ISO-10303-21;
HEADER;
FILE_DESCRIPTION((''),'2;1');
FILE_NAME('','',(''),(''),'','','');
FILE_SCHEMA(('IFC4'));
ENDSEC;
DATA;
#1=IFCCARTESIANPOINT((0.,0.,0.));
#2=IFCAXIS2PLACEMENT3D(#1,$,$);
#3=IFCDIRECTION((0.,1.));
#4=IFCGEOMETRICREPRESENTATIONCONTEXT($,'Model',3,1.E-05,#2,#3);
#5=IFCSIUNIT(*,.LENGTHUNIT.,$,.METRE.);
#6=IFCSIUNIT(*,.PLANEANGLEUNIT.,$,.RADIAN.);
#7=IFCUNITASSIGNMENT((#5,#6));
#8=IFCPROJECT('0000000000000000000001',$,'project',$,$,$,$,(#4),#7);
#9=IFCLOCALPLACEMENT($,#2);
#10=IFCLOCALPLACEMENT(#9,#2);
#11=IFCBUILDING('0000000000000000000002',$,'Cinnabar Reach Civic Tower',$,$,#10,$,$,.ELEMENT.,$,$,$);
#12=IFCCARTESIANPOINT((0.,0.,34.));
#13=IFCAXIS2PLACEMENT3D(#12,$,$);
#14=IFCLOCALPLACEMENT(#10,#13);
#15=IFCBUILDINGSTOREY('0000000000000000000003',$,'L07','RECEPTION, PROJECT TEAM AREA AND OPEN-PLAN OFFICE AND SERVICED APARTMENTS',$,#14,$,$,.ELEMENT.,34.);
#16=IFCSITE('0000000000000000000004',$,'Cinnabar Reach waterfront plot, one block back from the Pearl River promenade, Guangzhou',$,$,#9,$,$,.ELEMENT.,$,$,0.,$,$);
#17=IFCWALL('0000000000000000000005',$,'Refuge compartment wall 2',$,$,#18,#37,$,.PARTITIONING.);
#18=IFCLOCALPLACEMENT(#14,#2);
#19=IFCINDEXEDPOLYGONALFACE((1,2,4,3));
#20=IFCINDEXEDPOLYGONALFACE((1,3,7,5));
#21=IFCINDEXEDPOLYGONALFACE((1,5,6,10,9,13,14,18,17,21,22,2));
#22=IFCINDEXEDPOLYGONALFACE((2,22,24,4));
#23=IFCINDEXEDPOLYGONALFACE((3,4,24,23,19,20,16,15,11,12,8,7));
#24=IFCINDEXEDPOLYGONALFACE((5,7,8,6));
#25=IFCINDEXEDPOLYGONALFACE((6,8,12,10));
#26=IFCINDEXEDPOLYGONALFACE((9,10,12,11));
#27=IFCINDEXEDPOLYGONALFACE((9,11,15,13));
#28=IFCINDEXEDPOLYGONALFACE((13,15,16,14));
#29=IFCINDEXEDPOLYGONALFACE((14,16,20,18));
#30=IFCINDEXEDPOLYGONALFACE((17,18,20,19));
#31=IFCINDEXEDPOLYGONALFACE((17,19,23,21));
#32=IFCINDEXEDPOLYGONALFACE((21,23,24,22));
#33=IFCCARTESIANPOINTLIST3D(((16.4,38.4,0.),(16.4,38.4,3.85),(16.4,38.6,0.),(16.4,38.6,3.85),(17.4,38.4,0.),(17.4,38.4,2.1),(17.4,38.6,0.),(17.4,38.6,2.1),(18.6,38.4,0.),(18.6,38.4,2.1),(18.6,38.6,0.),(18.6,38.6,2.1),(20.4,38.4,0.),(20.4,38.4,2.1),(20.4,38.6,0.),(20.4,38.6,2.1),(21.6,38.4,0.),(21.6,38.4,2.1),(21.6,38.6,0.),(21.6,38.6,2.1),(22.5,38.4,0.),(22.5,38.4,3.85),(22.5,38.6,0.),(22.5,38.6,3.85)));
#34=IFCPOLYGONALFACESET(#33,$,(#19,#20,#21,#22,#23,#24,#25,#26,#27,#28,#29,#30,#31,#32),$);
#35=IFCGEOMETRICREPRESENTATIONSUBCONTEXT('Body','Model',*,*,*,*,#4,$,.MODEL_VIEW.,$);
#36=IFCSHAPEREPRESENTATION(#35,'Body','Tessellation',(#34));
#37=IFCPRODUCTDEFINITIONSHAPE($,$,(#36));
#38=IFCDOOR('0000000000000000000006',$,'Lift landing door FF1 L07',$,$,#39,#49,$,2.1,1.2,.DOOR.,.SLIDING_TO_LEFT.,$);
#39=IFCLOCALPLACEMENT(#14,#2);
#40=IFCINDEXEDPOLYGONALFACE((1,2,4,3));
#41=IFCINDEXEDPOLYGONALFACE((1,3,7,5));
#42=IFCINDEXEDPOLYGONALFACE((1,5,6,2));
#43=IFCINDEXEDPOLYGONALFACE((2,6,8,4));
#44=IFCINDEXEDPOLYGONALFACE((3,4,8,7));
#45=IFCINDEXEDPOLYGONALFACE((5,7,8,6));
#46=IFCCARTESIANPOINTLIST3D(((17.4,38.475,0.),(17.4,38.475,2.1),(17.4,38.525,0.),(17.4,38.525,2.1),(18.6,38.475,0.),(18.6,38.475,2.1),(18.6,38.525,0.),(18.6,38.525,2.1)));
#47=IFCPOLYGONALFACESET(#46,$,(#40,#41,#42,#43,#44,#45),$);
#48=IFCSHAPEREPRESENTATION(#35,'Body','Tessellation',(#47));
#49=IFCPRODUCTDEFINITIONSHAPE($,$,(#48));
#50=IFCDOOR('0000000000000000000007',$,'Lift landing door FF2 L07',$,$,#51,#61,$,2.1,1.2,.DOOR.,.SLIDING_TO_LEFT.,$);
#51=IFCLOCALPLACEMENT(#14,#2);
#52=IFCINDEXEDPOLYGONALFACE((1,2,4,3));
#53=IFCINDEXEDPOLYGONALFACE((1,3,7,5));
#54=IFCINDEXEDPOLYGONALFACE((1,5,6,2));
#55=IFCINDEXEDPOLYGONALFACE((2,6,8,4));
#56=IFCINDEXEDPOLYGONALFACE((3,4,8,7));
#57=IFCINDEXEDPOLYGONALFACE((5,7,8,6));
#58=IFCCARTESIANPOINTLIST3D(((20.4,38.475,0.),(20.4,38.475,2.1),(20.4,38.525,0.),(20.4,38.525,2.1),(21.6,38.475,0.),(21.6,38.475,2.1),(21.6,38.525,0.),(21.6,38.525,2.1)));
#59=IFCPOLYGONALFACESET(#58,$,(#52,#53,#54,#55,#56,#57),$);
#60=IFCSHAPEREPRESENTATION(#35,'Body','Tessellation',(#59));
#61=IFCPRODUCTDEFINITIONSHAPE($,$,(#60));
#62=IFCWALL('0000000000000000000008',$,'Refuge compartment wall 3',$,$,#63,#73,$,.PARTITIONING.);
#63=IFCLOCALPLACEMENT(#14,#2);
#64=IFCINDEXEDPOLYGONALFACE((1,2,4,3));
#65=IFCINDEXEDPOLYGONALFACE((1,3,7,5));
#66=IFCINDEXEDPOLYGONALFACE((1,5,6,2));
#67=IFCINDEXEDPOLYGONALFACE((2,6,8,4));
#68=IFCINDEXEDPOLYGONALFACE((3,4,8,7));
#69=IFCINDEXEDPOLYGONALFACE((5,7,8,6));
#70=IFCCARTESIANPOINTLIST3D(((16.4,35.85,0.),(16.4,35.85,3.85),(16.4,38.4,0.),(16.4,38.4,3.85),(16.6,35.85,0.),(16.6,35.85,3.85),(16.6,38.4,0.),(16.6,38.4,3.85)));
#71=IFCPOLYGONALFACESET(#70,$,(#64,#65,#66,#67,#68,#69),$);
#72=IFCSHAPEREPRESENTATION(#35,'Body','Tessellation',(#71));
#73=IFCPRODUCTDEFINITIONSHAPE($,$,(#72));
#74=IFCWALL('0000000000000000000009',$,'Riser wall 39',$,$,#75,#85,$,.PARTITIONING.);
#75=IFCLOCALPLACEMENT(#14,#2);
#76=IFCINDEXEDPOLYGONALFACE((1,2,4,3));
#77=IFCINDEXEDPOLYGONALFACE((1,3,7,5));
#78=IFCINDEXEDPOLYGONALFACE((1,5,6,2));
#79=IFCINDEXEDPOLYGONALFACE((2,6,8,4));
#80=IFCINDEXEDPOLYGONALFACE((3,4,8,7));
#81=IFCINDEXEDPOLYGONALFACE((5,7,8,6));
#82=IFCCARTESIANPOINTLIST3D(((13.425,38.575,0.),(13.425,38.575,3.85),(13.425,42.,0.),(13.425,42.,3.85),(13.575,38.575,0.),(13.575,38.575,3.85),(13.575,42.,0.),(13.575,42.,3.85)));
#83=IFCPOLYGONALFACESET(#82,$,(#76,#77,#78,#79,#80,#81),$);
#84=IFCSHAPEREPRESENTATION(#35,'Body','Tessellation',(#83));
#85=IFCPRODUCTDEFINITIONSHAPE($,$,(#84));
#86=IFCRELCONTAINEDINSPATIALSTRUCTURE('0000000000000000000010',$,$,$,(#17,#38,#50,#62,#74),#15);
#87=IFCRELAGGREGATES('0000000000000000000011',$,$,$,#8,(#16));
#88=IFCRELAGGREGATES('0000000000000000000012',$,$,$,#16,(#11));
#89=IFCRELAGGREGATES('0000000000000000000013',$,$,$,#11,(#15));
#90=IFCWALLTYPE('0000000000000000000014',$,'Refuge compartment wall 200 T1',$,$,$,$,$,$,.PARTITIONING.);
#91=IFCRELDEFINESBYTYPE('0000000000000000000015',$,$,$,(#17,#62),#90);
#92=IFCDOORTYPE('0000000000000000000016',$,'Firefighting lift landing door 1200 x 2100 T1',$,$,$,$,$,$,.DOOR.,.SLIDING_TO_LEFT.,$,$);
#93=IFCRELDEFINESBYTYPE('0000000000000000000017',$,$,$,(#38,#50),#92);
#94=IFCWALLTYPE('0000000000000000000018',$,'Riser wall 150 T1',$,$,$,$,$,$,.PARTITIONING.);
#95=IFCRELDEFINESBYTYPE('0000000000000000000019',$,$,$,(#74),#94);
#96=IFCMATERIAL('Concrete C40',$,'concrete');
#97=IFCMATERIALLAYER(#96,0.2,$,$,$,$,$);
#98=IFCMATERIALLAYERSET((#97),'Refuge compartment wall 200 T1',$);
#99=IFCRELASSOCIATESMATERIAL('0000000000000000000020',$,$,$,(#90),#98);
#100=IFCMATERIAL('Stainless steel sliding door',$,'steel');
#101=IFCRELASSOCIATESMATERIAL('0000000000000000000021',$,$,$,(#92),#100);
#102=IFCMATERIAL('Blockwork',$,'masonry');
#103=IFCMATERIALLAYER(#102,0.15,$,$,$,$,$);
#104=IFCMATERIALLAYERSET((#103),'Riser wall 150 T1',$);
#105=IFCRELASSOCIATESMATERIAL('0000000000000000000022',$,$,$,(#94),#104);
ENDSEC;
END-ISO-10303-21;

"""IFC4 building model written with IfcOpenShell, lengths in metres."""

from ifc_helpers import new_model, si_unit, direction, frame, frame_2d, origin, place, context, subcontext, project, spatial, rectangle, extrude, material, layer, layer_set, type_object, element, fill, save


model = new_model("IFC4")

# Units and contexts
model_context = context("Model", 3, precision=1e-05, world=origin(), true_north=direction((0.0, 1.0)))
body_context = subcontext(model_context, "Body", "Model", "MODEL_VIEW")
ifc_project = project(units=[si_unit("LENGTHUNIT", "METRE"), si_unit("PLANEANGLEUNIT", "RADIAN")], contexts=[model_context])

# Site, building, storey
site_placement = place(None, origin())
site = spatial("IfcSite", under=ifc_project, at=site_placement, Name="Cinnabar Reach waterfront plot, one block back from the Pearl River promenade, Guangzhou", CompositionType="ELEMENT", RefElevation=0.0)
building_placement = place(site_placement, origin())
building = spatial("IfcBuilding", under=site, at=building_placement, Name="Cinnabar Reach Civic Tower", CompositionType="ELEMENT")
storey_placement = place(building_placement, frame((0.0, 0.0, 34.0)))
storey = spatial("IfcBuildingStorey", under=building, at=storey_placement, Name="L07", Description="RECEPTION, PROJECT TEAM AREA AND OPEN-PLAN OFFICE AND SERVICED APARTMENTS", CompositionType="ELEMENT", Elevation=34.0)

# Shared definitions
ifc_material_1 = material(Name="Blockwork", Category="masonry")
ifc_material_2 = material(Name="Concrete C40", Category="concrete")
ifc_layer_1 = layer(ifc_material_2, 0.2)
ifc_layer_set_1 = layer_set([ifc_layer_1], Name="Refuge compartment wall 200 T1")
wall_type_1 = type_object("IfcWallType", Name="Refuge compartment wall 200 T1", PredefinedType="PARTITIONING", material=ifc_layer_set_1)

# Wall, openings, doors
wall_1_placement = place(storey_placement, frame((16.4, 38.5, 0.0), z_axis=(0.0, 0.0, 1.0), x_axis=(1.0, 0.0, 0.0)))
wall_1 = element("IfcWall", 1, at=wall_1_placement, inside=storey, type_object=wall_type_1, Name="Refuge compartment wall 2", PredefinedType="PARTITIONING", context=body_context, shape_type="SweptSolid", body=[
    extrude(rectangle(XDim=6.1, YDim=0.2, at=frame_2d((3.05, 0.0))), origin(), (0.0, 0.0, 1.0), 3.85),
])
opening_1_placement = place(wall_1_placement, frame((1.0, 0.0, 0.0)))
opening_1 = element("IfcOpeningElement", 2, at=opening_1_placement, cuts=wall_1, PredefinedType="OPENING", context=body_context, shape_type="SweptSolid", body=[
    extrude(rectangle(XDim=1.2, YDim=2.1, at=frame_2d((0.6, 1.05))), frame((0.0, 0.11, 0.0), z_axis=(0.0, -1.0, 0.0), x_axis=(1.0, 0.0, 0.0)), (0.0, 0.0, 1.0), 0.22),
])
opening_2_placement = place(wall_1_placement, frame((4.0, 0.0, 0.0)))
opening_2 = element("IfcOpeningElement", 3, at=opening_2_placement, cuts=wall_1, PredefinedType="OPENING", context=body_context, shape_type="SweptSolid", body=[
    extrude(rectangle(XDim=1.2, YDim=2.1, at=frame_2d((0.6, 1.05))), frame((0.0, 0.11, 0.0), z_axis=(0.0, -1.0, 0.0), x_axis=(1.0, 0.0, 0.0)), (0.0, 0.0, 1.0), 0.22),
])
ifc_material_3 = material(Name="Stainless steel sliding door", Category="steel")
door_type_1 = type_object("IfcDoorType", Name="Firefighting lift landing door 1200 x 2100 T1", OperationType="SLIDING_TO_LEFT", PredefinedType="DOOR", material=ifc_material_3)
door_1_placement = place(opening_1_placement, origin())
door_1 = element("IfcDoor", 4, at=door_1_placement, inside=storey, type_object=door_type_1, Name="Lift landing door FF1 L07", OperationType="SLIDING_TO_LEFT", OverallHeight=2.1, OverallWidth=1.2, PredefinedType="DOOR", context=body_context, shape_type="SweptSolid", body=[
    extrude(rectangle(XDim=1.2, YDim=2.1, at=frame_2d((0.6, 1.05))), frame((0.0, 0.025, 0.0), z_axis=(0.0, -1.0, 0.0), x_axis=(1.0, 0.0, 0.0)), (0.0, 0.0, 1.0), 0.05),
])
fill(opening_1, door_1)
door_2_placement = place(opening_2_placement, origin())
door_2 = element("IfcDoor", 5, at=door_2_placement, inside=storey, type_object=door_type_1, Name="Lift landing door FF2 L07", OperationType="SLIDING_TO_LEFT", OverallHeight=2.1, OverallWidth=1.2, PredefinedType="DOOR", context=body_context, shape_type="SweptSolid", body=[
    extrude(rectangle(XDim=1.2, YDim=2.1, at=frame_2d((0.6, 1.05))), frame((0.0, 0.025, 0.0), z_axis=(0.0, -1.0, 0.0), x_axis=(1.0, 0.0, 0.0)), (0.0, 0.0, 1.0), 0.05),
])
fill(opening_2, door_2)

# Walls
wall_2_placement = place(storey_placement, frame((16.5, 35.85, 0.0), z_axis=(0.0, 0.0, 1.0), x_axis=(0.0, 1.0, 0.0)))
element("IfcWall", 6, at=wall_2_placement, inside=storey, type_object=wall_type_1, Name="Refuge compartment wall 3", PredefinedType="PARTITIONING", context=body_context, shape_type="SweptSolid", body=[
    extrude(rectangle(XDim=2.55, YDim=0.2, at=frame_2d((1.275, 0.0))), origin(), (0.0, 0.0, 1.0), 3.85),
])
ifc_layer_2 = layer(ifc_material_1, 0.15)
ifc_layer_set_2 = layer_set([ifc_layer_2], Name="Riser wall 150 T1")
wall_type_2 = type_object("IfcWallType", Name="Riser wall 150 T1", PredefinedType="PARTITIONING", material=ifc_layer_set_2)
wall_3_placement = place(storey_placement, frame((13.5, 38.575, 0.0), z_axis=(0.0, 0.0, 1.0), x_axis=(0.0, 1.0, 0.0)))
element("IfcWall", 7, at=wall_3_placement, inside=storey, type_object=wall_type_2, Name="Riser wall 39", PredefinedType="PARTITIONING", context=body_context, shape_type="SweptSolid", body=[
    extrude(rectangle(XDim=3.425, YDim=0.15, at=frame_2d((1.7125, 0.0))), origin(), (0.0, 0.0, 1.0), 3.85),
])

save(model, "model.ifc")
